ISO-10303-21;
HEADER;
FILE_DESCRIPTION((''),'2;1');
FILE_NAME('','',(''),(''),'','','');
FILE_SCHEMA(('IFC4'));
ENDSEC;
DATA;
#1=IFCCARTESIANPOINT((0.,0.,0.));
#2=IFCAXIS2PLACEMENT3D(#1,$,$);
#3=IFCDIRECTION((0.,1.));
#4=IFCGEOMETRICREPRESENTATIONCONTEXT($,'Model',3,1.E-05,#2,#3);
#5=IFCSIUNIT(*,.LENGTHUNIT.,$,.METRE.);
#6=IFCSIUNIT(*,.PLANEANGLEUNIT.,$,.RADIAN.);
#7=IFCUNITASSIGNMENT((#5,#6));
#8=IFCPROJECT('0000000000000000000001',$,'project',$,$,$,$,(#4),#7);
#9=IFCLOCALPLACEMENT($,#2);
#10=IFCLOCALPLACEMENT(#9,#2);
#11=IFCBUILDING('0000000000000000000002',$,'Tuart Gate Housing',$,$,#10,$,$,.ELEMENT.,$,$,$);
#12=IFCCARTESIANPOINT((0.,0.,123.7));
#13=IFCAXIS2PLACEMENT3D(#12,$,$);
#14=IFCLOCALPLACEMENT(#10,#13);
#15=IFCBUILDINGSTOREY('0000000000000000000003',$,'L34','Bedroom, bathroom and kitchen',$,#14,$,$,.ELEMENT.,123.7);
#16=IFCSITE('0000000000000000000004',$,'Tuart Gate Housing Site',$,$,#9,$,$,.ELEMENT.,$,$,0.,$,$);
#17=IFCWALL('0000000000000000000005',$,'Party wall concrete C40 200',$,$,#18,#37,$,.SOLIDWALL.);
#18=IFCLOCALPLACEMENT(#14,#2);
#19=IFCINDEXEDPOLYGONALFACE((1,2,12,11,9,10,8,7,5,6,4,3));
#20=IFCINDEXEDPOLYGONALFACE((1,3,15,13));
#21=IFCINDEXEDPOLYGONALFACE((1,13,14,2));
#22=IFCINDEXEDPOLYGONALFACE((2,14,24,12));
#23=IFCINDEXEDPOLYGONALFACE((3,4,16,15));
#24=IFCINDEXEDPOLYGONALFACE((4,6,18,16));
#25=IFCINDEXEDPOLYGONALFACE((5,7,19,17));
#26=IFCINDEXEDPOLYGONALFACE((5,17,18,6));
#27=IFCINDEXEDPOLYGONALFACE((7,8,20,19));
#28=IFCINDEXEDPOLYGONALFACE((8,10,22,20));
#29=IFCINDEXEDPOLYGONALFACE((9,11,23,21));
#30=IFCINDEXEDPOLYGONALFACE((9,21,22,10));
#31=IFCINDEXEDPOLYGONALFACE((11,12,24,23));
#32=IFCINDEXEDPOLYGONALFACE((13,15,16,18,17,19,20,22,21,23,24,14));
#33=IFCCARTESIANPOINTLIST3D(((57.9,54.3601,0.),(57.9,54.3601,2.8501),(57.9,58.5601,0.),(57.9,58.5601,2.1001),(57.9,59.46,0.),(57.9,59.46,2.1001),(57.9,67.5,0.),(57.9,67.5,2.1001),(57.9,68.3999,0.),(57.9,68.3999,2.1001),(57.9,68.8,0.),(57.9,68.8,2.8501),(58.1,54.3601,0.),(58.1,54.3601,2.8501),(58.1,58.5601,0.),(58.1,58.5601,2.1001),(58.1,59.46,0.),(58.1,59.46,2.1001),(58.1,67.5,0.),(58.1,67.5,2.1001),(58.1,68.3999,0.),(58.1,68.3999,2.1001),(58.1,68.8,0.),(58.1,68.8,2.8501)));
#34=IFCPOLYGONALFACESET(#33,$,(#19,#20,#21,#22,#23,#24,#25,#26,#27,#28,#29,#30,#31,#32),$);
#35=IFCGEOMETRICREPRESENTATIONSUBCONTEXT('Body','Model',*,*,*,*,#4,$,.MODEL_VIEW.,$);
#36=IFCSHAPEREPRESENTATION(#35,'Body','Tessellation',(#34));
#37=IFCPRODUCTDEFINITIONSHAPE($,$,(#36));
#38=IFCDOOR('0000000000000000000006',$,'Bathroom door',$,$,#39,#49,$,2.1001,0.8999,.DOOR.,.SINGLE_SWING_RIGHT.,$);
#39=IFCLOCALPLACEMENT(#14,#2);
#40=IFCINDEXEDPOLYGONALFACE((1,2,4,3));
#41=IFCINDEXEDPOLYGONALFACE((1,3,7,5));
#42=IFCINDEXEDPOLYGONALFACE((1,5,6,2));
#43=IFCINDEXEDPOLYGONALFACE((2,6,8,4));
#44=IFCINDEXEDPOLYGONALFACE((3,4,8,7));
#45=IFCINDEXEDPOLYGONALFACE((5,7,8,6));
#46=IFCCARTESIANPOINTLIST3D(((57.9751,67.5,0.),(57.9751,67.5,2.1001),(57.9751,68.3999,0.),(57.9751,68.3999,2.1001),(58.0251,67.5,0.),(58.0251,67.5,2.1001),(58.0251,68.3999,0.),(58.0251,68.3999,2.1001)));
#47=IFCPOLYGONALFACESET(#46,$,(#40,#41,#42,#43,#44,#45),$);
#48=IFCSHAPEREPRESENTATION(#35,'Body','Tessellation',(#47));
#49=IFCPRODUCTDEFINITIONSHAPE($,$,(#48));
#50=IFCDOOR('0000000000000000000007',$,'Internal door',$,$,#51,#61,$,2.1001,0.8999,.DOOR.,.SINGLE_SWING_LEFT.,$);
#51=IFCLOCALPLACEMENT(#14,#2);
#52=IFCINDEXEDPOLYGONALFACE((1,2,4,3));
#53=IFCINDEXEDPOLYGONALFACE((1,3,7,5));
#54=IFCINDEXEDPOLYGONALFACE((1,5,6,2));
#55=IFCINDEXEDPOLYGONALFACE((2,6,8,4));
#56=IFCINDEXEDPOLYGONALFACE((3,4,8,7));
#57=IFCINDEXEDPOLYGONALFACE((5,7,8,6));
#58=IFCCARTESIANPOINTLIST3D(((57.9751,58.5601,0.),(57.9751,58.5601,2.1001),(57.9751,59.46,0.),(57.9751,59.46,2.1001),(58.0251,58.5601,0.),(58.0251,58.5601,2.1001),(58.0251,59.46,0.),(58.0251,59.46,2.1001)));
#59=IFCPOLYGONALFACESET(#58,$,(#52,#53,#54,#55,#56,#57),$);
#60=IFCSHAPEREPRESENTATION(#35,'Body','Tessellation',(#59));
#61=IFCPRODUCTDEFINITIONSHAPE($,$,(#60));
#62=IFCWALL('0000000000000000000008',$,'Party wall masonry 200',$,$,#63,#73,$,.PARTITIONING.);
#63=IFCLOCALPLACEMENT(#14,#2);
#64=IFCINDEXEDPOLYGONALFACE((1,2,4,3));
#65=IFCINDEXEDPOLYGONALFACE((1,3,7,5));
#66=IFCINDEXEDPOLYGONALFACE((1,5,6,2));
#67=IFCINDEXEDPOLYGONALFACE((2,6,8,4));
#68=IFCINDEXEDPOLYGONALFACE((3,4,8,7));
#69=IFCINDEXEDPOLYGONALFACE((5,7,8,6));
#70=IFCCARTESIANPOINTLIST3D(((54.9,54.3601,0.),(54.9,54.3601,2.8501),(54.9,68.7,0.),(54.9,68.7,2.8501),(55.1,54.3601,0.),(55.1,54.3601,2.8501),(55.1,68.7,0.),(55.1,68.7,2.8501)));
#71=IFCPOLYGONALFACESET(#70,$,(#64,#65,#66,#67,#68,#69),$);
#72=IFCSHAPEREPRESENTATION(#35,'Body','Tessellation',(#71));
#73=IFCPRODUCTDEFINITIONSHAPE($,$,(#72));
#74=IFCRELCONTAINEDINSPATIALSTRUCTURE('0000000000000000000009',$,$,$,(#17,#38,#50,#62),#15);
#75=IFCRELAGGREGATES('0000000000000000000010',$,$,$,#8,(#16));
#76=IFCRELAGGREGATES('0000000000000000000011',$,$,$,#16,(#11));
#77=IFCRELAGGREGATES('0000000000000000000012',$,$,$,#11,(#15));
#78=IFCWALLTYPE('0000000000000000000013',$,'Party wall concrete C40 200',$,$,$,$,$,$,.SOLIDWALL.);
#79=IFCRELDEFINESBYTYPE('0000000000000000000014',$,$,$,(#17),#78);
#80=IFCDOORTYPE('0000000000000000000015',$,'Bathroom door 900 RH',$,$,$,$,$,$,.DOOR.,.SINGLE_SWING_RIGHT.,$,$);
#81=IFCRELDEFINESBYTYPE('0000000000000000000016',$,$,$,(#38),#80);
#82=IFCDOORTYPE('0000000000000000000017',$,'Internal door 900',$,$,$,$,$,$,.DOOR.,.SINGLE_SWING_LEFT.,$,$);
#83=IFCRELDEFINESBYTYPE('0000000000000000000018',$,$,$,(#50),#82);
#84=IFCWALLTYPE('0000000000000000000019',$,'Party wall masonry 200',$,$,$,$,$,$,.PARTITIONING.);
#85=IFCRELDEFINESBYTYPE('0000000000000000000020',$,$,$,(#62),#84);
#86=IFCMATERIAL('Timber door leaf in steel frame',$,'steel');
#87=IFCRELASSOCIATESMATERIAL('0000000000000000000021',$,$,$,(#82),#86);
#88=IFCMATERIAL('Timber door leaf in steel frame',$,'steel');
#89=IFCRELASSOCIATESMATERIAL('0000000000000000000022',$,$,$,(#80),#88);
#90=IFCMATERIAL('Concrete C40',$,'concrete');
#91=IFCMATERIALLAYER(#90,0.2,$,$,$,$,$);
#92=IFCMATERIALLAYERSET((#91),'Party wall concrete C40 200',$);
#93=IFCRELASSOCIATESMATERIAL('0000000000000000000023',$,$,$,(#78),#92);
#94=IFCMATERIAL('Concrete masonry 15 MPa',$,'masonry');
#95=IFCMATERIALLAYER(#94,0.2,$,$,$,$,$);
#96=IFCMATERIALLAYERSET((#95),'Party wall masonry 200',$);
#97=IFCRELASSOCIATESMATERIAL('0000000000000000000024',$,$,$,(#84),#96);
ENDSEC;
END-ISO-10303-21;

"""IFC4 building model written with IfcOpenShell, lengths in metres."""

from ifc_helpers import new_model, si_unit, direction, frame, frame_2d, origin, place, context, subcontext, project, spatial, rectangle, extrude, material, layer, layer_set, type_object, element, fill, save


model = new_model("IFC4")

# Units and contexts
model_context = context("Model", 3, precision=1e-05, world=origin(), true_north=direction((0.0, 1.0)))
body_context = subcontext(model_context, "Body", "Model", "MODEL_VIEW")
ifc_project = project(units=[si_unit("LENGTHUNIT", "METRE"), si_unit("PLANEANGLEUNIT", "RADIAN")], contexts=[model_context])

# Site, building, storey
site_placement = place(None, origin())
site = spatial("IfcSite", under=ifc_project, at=site_placement, Name="Tuart Gate Housing Site", CompositionType="ELEMENT", RefElevation=0.0)
building_placement = place(site_placement, origin())
building = spatial("IfcBuilding", under=site, at=building_placement, Name="Tuart Gate Housing", CompositionType="ELEMENT")
storey_placement = place(building_placement, frame((0.0, 0.0, 123.7)))
storey = spatial("IfcBuildingStorey", under=building, at=storey_placement, Name="L34", Description="Bedroom, bathroom and kitchen", CompositionType="ELEMENT", Elevation=123.7)

# Shared definitions
ifc_material_1 = material(Name="Timber door leaf in steel frame", Category="steel")
door_type_1 = type_object("IfcDoorType", Name="Internal door 900", OperationType="SINGLE_SWING_LEFT", PredefinedType="DOOR", material=ifc_material_1)

# Shared definitions
ifc_material_2 = material(Name="Timber door leaf in steel frame", Category="steel")
door_type_2 = type_object("IfcDoorType", Name="Bathroom door 900 RH", OperationType="SINGLE_SWING_RIGHT", PredefinedType="DOOR", material=ifc_material_2)

# Shared definitions
ifc_material_3 = material(Name="Concrete C40", Category="concrete")
ifc_layer_1 = layer(ifc_material_3, 0.2)
ifc_layer_set_1 = layer_set([ifc_layer_1], Name="Party wall concrete C40 200")
wall_type_1 = type_object("IfcWallType", Name="Party wall concrete C40 200", PredefinedType="SOLIDWALL", material=ifc_layer_set_1)

# Wall, openings, doors
wall_1_placement = place(storey_placement, frame((58.0, 54.3601, 0.0), z_axis=(0.0, 0.0, 1.0), x_axis=(0.0, 1.0, 0.0)))
wall_1 = element("IfcWall", 1, at=wall_1_placement, inside=storey, type_object=wall_type_1, Name="Party wall concrete C40 200", PredefinedType="SOLIDWALL", context=body_context, shape_type="SweptSolid", body=[
    extrude(rectangle(XDim=14.4399, YDim=0.2, at=frame_2d((7.22, 0.0))), origin(), (0.0, 0.0, 1.0), 2.8501),
])
opening_1_placement = place(wall_1_placement, frame((4.2, 0.0, 0.0)))
opening_1 = element("IfcOpeningElement", 2, at=opening_1_placement, cuts=wall_1, PredefinedType="OPENING", context=body_context, shape_type="SweptSolid", body=[
    extrude(rectangle(XDim=0.8999, YDim=2.1001, at=frame_2d((0.45, 1.05))), frame((0.0, 0.1099, 0.0), z_axis=(0.0, -1.0, 0.0), x_axis=(1.0, 0.0, 0.0)), (0.0, 0.0, 1.0), 0.22),
])
opening_2_placement = place(wall_1_placement, frame((13.1399, 0.0, 0.0)))
opening_2 = element("IfcOpeningElement", 3, at=opening_2_placement, cuts=wall_1, PredefinedType="OPENING", context=body_context, shape_type="SweptSolid", body=[
    extrude(rectangle(XDim=0.8999, YDim=2.1001, at=frame_2d((0.45, 1.05))), frame((0.0, 0.1099, 0.0), z_axis=(0.0, -1.0, 0.0), x_axis=(1.0, 0.0, 0.0)), (0.0, 0.0, 1.0), 0.22),
])
door_1_placement = place(opening_2_placement, origin())
door_1 = element("IfcDoor", 4, at=door_1_placement, inside=storey, type_object=door_type_2, Name="Bathroom door", OperationType="SINGLE_SWING_RIGHT", OverallHeight=2.1001, OverallWidth=0.8999, PredefinedType="DOOR", context=body_context, shape_type="SweptSolid", body=[
    extrude(rectangle(XDim=0.8999, YDim=2.1001, at=frame_2d((0.45, 1.05))), frame((0.0, 0.0249, 0.0), z_axis=(0.0, -1.0, 0.0), x_axis=(1.0, 0.0, 0.0)), (0.0, 0.0, 1.0), 0.05),
])
fill(opening_2, door_1)
door_2_placement = place(opening_1_placement, origin())
door_2 = element("IfcDoor", 5, at=door_2_placement, inside=storey, type_object=door_type_1, Name="Internal door", OperationType="SINGLE_SWING_LEFT", OverallHeight=2.1001, OverallWidth=0.8999, PredefinedType="DOOR", context=body_context, shape_type="SweptSolid", body=[
    extrude(rectangle(XDim=0.8999, YDim=2.1001, at=frame_2d((0.45, 1.05))), frame((0.0, 0.0249, 0.0), z_axis=(0.0, -1.0, 0.0), x_axis=(1.0, 0.0, 0.0)), (0.0, 0.0, 1.0), 0.05),
])
fill(opening_1, door_2)

# Wall
ifc_material_4 = material(Name="Concrete masonry 15 MPa", Category="masonry")
ifc_layer_2 = layer(ifc_material_4, 0.2)
ifc_layer_set_2 = layer_set([ifc_layer_2], Name="Party wall masonry 200")
wall_type_2 = type_object("IfcWallType", Name="Party wall masonry 200", PredefinedType="PARTITIONING", material=ifc_layer_set_2)
wall_2_placement = place(storey_placement, frame((55.0, 54.3601, 0.0), z_axis=(0.0, 0.0, 1.0), x_axis=(0.0, 1.0, 0.0)))
element("IfcWall", 6, at=wall_2_placement, inside=storey, type_object=wall_type_2, Name="Party wall masonry 200", PredefinedType="PARTITIONING", context=body_context, shape_type="SweptSolid", body=[
    extrude(rectangle(XDim=14.3398, YDim=0.2, at=frame_2d((7.1699, 0.0))), origin(), (0.0, 0.0, 1.0), 2.8501),
])

save(model, "model.ifc")
